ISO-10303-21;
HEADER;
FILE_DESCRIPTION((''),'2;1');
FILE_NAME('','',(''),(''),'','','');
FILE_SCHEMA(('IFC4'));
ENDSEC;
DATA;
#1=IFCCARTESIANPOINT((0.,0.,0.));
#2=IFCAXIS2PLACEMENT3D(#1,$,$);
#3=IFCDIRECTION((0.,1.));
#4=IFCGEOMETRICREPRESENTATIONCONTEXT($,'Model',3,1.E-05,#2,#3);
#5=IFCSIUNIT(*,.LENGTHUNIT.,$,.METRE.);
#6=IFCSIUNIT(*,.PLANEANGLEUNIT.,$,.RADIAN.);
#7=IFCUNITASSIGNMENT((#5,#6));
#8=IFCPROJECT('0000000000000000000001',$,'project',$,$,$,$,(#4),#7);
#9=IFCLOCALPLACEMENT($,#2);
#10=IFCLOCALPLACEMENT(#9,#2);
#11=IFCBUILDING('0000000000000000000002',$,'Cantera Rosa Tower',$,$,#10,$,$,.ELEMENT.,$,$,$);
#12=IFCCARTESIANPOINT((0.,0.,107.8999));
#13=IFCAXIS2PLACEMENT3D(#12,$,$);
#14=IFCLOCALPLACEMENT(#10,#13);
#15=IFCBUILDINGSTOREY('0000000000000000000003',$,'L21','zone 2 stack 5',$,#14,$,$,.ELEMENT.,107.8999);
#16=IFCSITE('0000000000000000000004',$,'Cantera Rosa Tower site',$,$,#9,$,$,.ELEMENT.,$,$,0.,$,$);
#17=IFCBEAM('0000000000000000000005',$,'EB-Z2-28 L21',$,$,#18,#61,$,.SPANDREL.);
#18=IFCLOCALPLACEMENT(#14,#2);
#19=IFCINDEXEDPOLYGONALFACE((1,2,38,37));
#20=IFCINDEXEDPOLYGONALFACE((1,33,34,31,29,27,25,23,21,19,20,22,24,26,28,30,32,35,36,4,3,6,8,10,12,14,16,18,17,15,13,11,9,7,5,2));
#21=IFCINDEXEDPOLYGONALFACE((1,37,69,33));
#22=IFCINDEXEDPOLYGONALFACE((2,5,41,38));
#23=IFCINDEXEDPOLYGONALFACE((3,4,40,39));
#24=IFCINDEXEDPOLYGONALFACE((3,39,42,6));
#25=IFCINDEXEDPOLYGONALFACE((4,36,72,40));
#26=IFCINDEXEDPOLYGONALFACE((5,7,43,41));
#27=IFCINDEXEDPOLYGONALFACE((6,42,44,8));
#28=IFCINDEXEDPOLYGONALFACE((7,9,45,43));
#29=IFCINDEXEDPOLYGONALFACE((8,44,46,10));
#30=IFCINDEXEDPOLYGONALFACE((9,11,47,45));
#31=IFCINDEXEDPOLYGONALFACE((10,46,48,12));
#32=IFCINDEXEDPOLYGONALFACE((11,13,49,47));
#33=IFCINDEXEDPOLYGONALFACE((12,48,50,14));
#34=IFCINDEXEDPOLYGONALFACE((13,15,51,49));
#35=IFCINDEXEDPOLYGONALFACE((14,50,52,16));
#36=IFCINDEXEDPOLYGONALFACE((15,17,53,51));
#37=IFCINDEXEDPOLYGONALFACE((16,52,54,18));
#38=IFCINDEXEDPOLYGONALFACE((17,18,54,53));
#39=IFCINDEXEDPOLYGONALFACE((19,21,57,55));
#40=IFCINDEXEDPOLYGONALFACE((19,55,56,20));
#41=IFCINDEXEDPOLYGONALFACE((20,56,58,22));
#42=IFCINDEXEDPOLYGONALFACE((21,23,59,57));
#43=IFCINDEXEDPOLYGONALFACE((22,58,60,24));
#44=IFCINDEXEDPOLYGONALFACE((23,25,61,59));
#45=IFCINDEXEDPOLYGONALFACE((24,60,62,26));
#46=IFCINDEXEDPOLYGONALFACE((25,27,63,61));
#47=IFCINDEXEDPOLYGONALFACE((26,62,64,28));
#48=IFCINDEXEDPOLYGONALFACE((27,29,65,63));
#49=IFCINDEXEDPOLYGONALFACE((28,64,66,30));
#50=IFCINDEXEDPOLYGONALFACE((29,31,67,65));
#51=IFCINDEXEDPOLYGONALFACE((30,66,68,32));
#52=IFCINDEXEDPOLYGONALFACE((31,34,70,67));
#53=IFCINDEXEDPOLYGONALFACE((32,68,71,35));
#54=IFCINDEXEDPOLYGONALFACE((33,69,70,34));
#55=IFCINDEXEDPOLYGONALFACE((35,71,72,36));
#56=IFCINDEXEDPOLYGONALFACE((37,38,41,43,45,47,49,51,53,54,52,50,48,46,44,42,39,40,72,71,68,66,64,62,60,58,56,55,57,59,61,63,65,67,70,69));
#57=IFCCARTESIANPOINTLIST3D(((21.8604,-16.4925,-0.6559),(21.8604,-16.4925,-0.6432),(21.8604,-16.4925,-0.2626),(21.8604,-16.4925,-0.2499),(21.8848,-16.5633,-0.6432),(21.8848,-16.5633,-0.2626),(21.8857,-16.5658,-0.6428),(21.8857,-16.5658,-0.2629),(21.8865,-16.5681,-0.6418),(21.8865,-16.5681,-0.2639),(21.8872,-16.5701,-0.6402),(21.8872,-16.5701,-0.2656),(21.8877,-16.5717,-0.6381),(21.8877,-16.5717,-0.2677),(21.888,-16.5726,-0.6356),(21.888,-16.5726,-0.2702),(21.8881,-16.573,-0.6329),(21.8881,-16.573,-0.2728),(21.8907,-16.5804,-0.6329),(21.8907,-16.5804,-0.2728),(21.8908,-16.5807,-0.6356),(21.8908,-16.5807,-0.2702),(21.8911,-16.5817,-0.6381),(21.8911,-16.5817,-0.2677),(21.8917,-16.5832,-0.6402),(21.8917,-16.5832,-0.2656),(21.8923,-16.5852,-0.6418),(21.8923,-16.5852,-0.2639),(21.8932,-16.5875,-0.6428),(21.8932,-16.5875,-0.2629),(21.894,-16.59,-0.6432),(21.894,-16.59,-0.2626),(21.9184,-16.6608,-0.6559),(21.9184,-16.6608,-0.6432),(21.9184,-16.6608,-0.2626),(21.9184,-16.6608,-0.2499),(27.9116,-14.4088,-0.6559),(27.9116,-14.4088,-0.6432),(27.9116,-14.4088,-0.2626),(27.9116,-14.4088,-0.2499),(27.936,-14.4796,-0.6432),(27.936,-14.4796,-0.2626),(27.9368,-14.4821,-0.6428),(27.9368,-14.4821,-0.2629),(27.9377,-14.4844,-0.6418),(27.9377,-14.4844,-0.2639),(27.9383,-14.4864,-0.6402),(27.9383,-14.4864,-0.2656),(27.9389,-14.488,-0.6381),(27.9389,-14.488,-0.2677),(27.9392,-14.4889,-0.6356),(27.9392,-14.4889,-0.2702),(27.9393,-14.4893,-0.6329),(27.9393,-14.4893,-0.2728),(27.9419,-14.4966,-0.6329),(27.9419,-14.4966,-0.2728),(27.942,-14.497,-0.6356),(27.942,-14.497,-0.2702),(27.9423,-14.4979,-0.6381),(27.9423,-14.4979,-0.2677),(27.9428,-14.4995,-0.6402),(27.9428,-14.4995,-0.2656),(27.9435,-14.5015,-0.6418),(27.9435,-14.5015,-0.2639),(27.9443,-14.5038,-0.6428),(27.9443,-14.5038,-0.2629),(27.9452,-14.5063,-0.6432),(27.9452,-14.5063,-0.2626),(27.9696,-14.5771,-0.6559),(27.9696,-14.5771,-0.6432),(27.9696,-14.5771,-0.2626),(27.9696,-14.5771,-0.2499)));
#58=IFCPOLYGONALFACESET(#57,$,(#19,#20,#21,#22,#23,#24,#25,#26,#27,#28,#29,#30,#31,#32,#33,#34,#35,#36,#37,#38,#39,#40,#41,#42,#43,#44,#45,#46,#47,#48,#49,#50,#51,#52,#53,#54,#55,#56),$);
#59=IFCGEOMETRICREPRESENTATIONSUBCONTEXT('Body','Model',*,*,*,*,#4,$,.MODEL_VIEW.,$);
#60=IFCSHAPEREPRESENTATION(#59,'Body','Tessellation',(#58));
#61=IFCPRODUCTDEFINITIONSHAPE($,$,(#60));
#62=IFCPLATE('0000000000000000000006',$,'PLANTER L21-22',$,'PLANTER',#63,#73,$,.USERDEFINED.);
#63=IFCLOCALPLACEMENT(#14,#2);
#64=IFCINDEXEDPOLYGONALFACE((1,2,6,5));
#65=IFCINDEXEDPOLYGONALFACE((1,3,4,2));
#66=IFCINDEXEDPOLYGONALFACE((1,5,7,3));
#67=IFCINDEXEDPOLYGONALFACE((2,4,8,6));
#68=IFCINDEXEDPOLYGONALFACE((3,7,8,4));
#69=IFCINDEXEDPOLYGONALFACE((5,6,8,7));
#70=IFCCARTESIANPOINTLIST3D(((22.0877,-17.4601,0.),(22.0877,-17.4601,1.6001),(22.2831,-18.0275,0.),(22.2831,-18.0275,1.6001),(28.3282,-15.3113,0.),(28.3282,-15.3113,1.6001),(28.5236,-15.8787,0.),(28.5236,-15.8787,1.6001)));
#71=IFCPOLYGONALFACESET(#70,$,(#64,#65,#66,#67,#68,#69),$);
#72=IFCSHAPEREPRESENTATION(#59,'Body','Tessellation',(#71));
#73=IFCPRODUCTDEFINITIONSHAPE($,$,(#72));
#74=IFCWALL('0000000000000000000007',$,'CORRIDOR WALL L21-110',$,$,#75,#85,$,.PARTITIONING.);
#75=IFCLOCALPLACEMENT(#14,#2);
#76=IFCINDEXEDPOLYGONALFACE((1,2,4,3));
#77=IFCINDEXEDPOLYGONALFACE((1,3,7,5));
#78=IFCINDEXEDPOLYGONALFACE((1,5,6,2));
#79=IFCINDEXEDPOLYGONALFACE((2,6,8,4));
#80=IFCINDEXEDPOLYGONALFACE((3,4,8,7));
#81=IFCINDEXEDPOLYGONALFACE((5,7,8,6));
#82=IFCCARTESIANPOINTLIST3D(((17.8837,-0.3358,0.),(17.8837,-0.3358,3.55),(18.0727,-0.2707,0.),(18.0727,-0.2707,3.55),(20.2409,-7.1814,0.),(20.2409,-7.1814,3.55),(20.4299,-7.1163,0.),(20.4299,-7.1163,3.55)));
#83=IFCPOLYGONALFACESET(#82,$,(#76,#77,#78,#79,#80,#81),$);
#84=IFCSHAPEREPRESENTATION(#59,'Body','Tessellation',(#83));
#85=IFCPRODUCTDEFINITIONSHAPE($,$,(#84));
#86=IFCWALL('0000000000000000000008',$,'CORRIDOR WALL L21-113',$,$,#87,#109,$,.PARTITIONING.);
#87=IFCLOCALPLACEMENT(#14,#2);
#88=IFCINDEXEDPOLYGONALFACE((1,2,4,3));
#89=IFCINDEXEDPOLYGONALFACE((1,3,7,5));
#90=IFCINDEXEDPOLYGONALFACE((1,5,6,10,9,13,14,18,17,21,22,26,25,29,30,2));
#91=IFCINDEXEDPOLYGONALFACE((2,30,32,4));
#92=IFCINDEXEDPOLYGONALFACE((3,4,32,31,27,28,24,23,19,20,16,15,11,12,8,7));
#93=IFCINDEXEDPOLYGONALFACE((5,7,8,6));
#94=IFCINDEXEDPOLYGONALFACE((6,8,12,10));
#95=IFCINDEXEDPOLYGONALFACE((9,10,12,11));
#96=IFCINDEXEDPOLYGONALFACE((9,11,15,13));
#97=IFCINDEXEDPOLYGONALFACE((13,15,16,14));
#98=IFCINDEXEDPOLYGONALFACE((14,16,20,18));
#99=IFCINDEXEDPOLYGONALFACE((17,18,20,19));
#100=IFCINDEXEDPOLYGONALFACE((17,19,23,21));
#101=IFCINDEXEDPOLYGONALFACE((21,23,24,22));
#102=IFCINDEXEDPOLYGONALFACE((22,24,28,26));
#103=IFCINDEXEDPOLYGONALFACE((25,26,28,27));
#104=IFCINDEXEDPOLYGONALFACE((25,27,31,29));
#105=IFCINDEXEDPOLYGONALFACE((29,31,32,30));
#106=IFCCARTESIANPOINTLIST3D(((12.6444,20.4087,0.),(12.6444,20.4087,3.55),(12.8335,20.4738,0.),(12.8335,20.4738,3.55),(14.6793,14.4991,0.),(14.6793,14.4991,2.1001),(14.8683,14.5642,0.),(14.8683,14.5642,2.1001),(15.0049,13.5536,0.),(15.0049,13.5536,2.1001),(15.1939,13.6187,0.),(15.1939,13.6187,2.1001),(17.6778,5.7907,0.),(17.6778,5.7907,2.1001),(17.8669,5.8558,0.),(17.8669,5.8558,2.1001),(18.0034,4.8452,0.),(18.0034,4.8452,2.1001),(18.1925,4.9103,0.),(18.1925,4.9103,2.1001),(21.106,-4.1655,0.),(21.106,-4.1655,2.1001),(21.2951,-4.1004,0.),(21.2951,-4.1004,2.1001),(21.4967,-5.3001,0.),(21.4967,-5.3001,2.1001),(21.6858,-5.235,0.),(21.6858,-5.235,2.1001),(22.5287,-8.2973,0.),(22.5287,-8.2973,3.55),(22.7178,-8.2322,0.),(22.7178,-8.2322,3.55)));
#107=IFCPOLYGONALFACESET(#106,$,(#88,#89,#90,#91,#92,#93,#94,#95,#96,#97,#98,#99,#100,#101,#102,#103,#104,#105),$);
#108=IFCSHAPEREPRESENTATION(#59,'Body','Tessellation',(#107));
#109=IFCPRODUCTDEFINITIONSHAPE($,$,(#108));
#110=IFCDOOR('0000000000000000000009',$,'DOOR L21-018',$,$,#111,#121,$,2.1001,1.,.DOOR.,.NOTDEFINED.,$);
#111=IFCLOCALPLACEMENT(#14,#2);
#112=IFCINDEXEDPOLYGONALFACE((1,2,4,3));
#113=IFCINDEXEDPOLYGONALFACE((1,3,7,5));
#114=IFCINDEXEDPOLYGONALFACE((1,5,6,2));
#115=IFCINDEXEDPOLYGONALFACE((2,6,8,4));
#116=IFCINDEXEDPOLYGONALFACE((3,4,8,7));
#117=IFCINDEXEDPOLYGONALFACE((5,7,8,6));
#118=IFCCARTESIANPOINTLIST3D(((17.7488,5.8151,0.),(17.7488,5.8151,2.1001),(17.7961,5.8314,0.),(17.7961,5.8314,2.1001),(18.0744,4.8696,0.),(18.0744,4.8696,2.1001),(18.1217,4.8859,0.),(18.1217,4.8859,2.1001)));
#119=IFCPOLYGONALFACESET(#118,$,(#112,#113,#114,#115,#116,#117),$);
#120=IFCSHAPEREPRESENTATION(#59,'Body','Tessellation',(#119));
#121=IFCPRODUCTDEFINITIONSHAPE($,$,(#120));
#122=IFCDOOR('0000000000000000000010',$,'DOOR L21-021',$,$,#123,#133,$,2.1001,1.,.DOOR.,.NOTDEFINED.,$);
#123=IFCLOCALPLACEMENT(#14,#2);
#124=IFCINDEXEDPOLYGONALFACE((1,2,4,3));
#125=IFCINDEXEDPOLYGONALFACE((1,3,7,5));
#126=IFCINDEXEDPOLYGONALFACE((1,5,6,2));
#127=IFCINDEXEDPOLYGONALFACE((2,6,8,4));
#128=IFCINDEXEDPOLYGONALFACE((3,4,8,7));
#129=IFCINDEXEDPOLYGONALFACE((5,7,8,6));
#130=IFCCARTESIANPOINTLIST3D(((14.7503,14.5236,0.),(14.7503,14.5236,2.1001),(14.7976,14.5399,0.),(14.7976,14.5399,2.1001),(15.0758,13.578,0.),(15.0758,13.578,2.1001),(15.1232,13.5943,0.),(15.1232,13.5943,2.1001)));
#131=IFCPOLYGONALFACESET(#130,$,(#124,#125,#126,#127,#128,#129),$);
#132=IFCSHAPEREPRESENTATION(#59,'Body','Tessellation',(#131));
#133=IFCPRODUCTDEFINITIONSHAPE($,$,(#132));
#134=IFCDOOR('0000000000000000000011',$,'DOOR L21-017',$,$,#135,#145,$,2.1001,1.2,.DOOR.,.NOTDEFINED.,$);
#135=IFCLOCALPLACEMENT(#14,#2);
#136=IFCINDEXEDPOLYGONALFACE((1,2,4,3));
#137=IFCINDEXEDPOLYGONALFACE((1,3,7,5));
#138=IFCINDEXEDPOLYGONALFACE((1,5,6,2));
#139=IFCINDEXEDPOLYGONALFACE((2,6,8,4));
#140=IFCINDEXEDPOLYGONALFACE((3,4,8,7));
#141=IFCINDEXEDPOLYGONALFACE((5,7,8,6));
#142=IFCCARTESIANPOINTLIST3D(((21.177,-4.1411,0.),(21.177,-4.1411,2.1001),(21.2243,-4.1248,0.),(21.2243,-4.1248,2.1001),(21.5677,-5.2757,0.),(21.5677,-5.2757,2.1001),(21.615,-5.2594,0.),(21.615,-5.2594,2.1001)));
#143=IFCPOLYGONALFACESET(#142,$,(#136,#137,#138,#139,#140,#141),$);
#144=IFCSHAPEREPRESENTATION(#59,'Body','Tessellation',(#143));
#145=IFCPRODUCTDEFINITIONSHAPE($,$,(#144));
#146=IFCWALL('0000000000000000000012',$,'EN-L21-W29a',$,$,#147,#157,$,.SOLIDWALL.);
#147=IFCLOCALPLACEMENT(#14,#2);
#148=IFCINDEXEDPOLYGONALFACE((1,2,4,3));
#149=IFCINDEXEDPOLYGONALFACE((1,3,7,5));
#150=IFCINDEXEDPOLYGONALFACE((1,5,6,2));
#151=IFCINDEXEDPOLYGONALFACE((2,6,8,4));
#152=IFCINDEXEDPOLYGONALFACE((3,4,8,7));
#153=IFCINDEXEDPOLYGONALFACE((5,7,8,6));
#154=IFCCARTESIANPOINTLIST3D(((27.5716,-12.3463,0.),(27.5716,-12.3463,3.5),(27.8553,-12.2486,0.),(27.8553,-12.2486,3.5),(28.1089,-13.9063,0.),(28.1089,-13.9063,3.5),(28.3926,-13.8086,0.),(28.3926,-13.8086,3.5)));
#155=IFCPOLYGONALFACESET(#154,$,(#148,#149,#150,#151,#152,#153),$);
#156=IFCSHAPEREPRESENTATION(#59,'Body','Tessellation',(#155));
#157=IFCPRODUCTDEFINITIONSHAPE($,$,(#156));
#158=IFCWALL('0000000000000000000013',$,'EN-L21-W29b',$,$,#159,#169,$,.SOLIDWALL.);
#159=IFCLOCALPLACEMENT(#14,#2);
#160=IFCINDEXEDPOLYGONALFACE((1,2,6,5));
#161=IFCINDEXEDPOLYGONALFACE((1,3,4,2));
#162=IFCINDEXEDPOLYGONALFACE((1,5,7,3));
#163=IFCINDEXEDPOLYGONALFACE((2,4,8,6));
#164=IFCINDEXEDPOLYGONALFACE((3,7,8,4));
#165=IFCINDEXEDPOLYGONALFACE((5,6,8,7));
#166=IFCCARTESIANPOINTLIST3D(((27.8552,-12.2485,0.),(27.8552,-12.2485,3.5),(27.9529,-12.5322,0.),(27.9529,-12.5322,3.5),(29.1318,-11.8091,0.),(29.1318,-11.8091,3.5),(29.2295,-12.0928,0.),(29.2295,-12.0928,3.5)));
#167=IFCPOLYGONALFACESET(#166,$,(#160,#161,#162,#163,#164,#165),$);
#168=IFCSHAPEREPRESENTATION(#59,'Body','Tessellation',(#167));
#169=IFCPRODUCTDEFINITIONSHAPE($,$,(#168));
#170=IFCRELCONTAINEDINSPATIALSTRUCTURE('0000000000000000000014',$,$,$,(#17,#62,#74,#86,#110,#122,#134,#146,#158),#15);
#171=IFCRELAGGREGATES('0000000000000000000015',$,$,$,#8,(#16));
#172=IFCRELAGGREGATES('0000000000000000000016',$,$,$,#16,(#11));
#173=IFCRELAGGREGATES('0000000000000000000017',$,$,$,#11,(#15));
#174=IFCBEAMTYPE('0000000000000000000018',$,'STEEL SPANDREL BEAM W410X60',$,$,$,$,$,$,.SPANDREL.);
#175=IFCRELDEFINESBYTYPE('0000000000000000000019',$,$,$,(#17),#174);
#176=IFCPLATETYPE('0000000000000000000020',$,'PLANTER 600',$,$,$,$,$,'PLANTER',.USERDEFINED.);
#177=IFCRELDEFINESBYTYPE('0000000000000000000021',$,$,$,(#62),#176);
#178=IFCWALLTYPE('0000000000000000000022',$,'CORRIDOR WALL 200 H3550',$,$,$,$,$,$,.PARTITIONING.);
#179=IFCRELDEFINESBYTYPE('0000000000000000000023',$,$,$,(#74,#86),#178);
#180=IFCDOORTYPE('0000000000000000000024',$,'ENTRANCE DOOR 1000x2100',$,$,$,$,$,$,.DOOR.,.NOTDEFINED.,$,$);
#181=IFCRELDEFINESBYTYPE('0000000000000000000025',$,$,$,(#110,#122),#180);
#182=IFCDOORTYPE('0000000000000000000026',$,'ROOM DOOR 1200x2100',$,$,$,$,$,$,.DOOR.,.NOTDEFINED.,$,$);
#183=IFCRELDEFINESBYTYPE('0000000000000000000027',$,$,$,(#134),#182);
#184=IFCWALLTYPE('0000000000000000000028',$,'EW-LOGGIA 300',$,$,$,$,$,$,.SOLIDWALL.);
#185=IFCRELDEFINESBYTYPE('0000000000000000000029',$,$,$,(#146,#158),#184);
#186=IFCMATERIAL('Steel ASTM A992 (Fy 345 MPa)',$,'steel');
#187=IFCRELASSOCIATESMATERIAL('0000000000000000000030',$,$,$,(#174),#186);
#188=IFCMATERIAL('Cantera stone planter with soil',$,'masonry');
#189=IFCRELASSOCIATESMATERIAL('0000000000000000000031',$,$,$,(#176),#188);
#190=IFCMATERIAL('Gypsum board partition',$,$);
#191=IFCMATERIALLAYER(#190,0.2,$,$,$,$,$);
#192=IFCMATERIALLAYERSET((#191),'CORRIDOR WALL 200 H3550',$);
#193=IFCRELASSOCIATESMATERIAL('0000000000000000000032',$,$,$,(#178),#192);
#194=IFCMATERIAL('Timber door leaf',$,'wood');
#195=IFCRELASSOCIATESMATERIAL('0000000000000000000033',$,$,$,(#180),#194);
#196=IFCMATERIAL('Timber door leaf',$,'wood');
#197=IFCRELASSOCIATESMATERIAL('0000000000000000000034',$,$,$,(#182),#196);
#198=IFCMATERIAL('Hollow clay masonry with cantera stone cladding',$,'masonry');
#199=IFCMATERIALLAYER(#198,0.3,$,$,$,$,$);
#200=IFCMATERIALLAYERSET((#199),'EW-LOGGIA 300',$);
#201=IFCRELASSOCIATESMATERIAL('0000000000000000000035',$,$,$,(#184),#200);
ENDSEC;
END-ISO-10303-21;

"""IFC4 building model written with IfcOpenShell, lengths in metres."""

from ifc_helpers import new_model, si_unit, direction, frame, frame_2d, origin, origin_2d, place, context, subcontext, project, spatial, rectangle, i_section, extrude, material, layer, layer_set, material_profile, profile_set, type_object, element, fill, save


model = new_model("IFC4")

# Units and contexts
model_context = context("Model", 3, precision=1e-05, world=origin(), true_north=direction((0.0, 1.0)))
body_context = subcontext(model_context, "Body", "Model", "MODEL_VIEW")
ifc_project = project(units=[si_unit("LENGTHUNIT", "METRE"), si_unit("PLANEANGLEUNIT", "RADIAN")], contexts=[model_context])

# Site, building, storey
site_placement = place(None, origin())
site = spatial("IfcSite", under=ifc_project, at=site_placement, Name="Cantera Rosa Tower site", CompositionType="ELEMENT", RefElevation=0.0)
building_placement = place(site_placement, origin())
building = spatial("IfcBuilding", under=site, at=building_placement, Name="Cantera Rosa Tower", CompositionType="ELEMENT")
storey_placement = place(building_placement, frame((0.0, 0.0, 107.8999)))
storey = spatial("IfcBuildingStorey", under=building, at=storey_placement, Name="L21", Description="zone 2 stack 5", CompositionType="ELEMENT", Elevation=107.8999)

# Beam
ifc_material_1 = material(Name="Steel ASTM A992 (Fy 345 MPa)", Category="steel")
ifc_material_profile_1 = material_profile(ifc_material_1, i_section(OverallWidth=0.178, OverallDepth=0.406, WebThickness=0.0078, FlangeThickness=0.0127, FilletRadius=0.0103, at=origin_2d()), Name="W410X60")
ifc_profile_set_1 = profile_set([ifc_material_profile_1], Name="Steel ASTM A992 (Fy 345 MPa)")
beam_type_1 = type_object("IfcBeamType", Name="STEEL SPANDREL BEAM W410X60", PredefinedType="SPANDREL", material=ifc_profile_set_1)
beam_1_placement = place(storey_placement, frame((21.8894, -16.5767, -0.4529), z_axis=(0.945513, 0.325585, 0.0), x_axis=(-0.325585, 0.945513, 0.0)))
element("IfcBeam", 1, at=beam_1_placement, inside=storey, type_object=beam_type_1, Name="EB-Z2-28 L21", PredefinedType="SPANDREL", context=body_context, shape_type="SweptSolid", body=[
    extrude(i_section(OverallWidth=0.178, OverallDepth=0.406, WebThickness=0.0078, FlangeThickness=0.0127, FilletRadius=0.0103, at=origin_2d()), origin(), (0.0, 0.0, 1.0), 6.3999),
])

# Plate
ifc_material_2 = material(Name="Cantera stone planter with soil", Category="masonry")
plate_type = type_object("IfcPlateType", Name="PLANTER 600", ElementType="PLANTER", PredefinedType="USERDEFINED", material=ifc_material_2)
plate_placement = place(storey_placement, frame((25.3057, -16.6694, 0.0), z_axis=(0.0, 0.0, 1.0), x_axis=(0.945519, 0.325568, 0.0)))
element("IfcPlate", 2, at=plate_placement, inside=storey, type_object=plate_type, Name="PLANTER L21-22", ObjectType="PLANTER", PredefinedType="USERDEFINED", context=body_context, shape_type="SweptSolid", body=[
    extrude(rectangle(XDim=6.6001, YDim=0.6001, at=origin_2d()), origin(), (0.0, 0.0, 1.0), 1.6001),
])

# Wall
ifc_material_3 = material(Name="Gypsum board partition")
ifc_layer_1 = layer(ifc_material_3, 0.2)
ifc_layer_set_1 = layer_set([ifc_layer_1], Name="CORRIDOR WALL 200 H3550")
wall_type_1 = type_object("IfcWallType", Name="CORRIDOR WALL 200 H3550", PredefinedType="PARTITIONING", material=ifc_layer_set_1)
wall_1_placement = place(storey_placement, frame((20.3354, -7.1489, 0.0), z_axis=(0.0, 0.0, 1.0), x_axis=(-0.32558, 0.945514, 0.0)))
element("IfcWall", 3, at=wall_1_placement, inside=storey, type_object=wall_type_1, Name="CORRIDOR WALL L21-110", PredefinedType="PARTITIONING", context=body_context, shape_type="SweptSolid", body=[
    extrude(rectangle(XDim=7.24, YDim=0.2, at=frame_2d((3.6201, 0.0))), origin(), (0.0, 0.0, 1.0), 3.55),
])

# Wall, openings, doors
wall_2_placement = place(storey_placement, frame((22.6233, -8.2649, 0.0), z_axis=(0.0, 0.0, 1.0), x_axis=(-0.325568, 0.945519, 0.0)))
wall_2 = element("IfcWall", 4, at=wall_2_placement, inside=storey, type_object=wall_type_1, Name="CORRIDOR WALL L21-113", PredefinedType="PARTITIONING", context=body_context, shape_type="SweptSolid", body=[
    extrude(rectangle(XDim=30.3601, YDim=0.2, at=frame_2d((15.1802, 0.0))), origin(), (0.0, 0.0, 1.0), 3.55),
])
opening_1_placement = place(wall_2_placement, frame((3.1699, 0.0, 0.0)))
opening_1 = element("IfcOpeningElement", 5, at=opening_1_placement, cuts=wall_2, PredefinedType="OPENING", context=body_context, shape_type="SweptSolid", body=[
    extrude(rectangle(XDim=1.2, YDim=2.1001, at=frame_2d((0.6001, 1.05))), frame((0.0, 0.1099, 0.0), z_axis=(0.0, -1.0, 0.0), x_axis=(1.0, 0.0, 0.0)), (0.0, 0.0, 1.0), 0.22),
])
opening_2_placement = place(wall_2_placement, frame((13.8999, 0.0, 0.0)))
opening_2 = element("IfcOpeningElement", 6, at=opening_2_placement, cuts=wall_2, PredefinedType="OPENING", context=body_context, shape_type="SweptSolid", body=[
    extrude(rectangle(XDim=1.0, YDim=2.1001, at=frame_2d((0.5, 1.05))), frame((0.0, 0.1099, 0.0), z_axis=(0.0, -1.0, 0.0), x_axis=(1.0, 0.0, 0.0)), (0.0, 0.0, 1.0), 0.22),
])
opening_3_placement = place(wall_2_placement, frame((23.1101, 0.0, 0.0)))
opening_3 = element("IfcOpeningElement", 7, at=opening_3_placement, cuts=wall_2, PredefinedType="OPENING", context=body_context, shape_type="SweptSolid", body=[
    extrude(rectangle(XDim=1.0, YDim=2.1001, at=frame_2d((0.5, 1.05))), frame((0.0, 0.1099, 0.0), z_axis=(0.0, -1.0, 0.0), x_axis=(1.0, 0.0, 0.0)), (0.0, 0.0, 1.0), 0.22),
])
ifc_material_4 = material(Name="Timber door leaf", Category="wood")
door_type_1 = type_object("IfcDoorType", Name="ENTRANCE DOOR 1000x2100", OperationType="NOTDEFINED", PredefinedType="DOOR", material=ifc_material_4)
door_1_placement = place(opening_2_placement, origin())
door_1 = element("IfcDoor", 8, at=door_1_placement, inside=storey, type_object=door_type_1, Name="DOOR L21-018", OperationType="NOTDEFINED", OverallHeight=2.1001, OverallWidth=1.0, PredefinedType="DOOR", context=body_context, shape_type="SweptSolid", body=[
    extrude(rectangle(XDim=1.0, YDim=2.1001, at=frame_2d((0.5, 1.05))), frame((0.0, 0.0249, 0.0), z_axis=(0.0, -1.0, 0.0), x_axis=(1.0, 0.0, 0.0)), (0.0, 0.0, 1.0), 0.05),
])
fill(opening_2, door_1)
door_2_placement = place(opening_3_placement, origin())
door_2 = element("IfcDoor", 9, at=door_2_placement, inside=storey, type_object=door_type_1, Name="DOOR L21-021", OperationType="NOTDEFINED", OverallHeight=2.1001, OverallWidth=1.0, PredefinedType="DOOR", context=body_context, shape_type="SweptSolid", body=[
    extrude(rectangle(XDim=1.0, YDim=2.1001, at=frame_2d((0.5, 1.05))), frame((0.0, 0.0249, 0.0), z_axis=(0.0, -1.0, 0.0), x_axis=(1.0, 0.0, 0.0)), (0.0, 0.0, 1.0), 0.05),
])
fill(opening_3, door_2)
ifc_material_5 = material(Name="Timber door leaf", Category="wood")
door_type_2 = type_object("IfcDoorType", Name="ROOM DOOR 1200x2100", OperationType="NOTDEFINED", PredefinedType="DOOR", material=ifc_material_5)
door_3_placement = place(opening_1_placement, origin())
door_3 = element("IfcDoor", 10, at=door_3_placement, inside=storey, type_object=door_type_2, Name="DOOR L21-017", OperationType="NOTDEFINED", OverallHeight=2.1001, OverallWidth=1.2, PredefinedType="DOOR", context=body_context, shape_type="SweptSolid", body=[
    extrude(rectangle(XDim=1.2, YDim=2.1001, at=frame_2d((0.6001, 1.05))), frame((0.0, 0.0249, 0.0), z_axis=(0.0, -1.0, 0.0), x_axis=(1.0, 0.0, 0.0)), (0.0, 0.0, 1.0), 0.05),
])
fill(opening_1, door_3)

# Walls
ifc_material_6 = material(Name="Hollow clay masonry with cantera stone cladding", Category="masonry")
ifc_layer_2 = layer(ifc_material_6, 0.3)
ifc_layer_set_2 = layer_set([ifc_layer_2], Name="EW-LOGGIA 300")
wall_type_2 = type_object("IfcWallType", Name="EW-LOGGIA 300", PredefinedType="SOLIDWALL", material=ifc_layer_set_2)
wall_3_placement = place(storey_placement, frame((28.2507, -13.8574, 0.0), z_axis=(0.0, 0.0, 1.0), x_axis=(-0.325667, 0.945485, 0.0)))
element("IfcWall", 11, at=wall_3_placement, inside=storey, type_object=wall_type_2, Name="EN-L21-W29a", PredefinedType="SOLIDWALL", context=body_context, shape_type="SweptSolid", body=[
    extrude(rectangle(XDim=1.6499, YDim=0.3, at=frame_2d((0.825, 0.0))), origin(), (0.0, 0.0, 1.0), 3.5),
])
wall_4_placement = place(storey_placement, frame((27.9041, -12.3904, 0.0), z_axis=(0.0, 0.0, 1.0), x_axis=(0.945546, 0.325489, 0.0)))
element("IfcWall", 12, at=wall_4_placement, inside=storey, type_object=wall_type_2, Name="EN-L21-W29b", PredefinedType="SOLIDWALL", context=body_context, shape_type="SweptSolid", body=[
    extrude(rectangle(XDim=1.3501, YDim=0.3, at=frame_2d((0.675, 0.0))), origin(), (0.0, 0.0, 1.0), 3.5),
])

save(model, "model.ifc")
